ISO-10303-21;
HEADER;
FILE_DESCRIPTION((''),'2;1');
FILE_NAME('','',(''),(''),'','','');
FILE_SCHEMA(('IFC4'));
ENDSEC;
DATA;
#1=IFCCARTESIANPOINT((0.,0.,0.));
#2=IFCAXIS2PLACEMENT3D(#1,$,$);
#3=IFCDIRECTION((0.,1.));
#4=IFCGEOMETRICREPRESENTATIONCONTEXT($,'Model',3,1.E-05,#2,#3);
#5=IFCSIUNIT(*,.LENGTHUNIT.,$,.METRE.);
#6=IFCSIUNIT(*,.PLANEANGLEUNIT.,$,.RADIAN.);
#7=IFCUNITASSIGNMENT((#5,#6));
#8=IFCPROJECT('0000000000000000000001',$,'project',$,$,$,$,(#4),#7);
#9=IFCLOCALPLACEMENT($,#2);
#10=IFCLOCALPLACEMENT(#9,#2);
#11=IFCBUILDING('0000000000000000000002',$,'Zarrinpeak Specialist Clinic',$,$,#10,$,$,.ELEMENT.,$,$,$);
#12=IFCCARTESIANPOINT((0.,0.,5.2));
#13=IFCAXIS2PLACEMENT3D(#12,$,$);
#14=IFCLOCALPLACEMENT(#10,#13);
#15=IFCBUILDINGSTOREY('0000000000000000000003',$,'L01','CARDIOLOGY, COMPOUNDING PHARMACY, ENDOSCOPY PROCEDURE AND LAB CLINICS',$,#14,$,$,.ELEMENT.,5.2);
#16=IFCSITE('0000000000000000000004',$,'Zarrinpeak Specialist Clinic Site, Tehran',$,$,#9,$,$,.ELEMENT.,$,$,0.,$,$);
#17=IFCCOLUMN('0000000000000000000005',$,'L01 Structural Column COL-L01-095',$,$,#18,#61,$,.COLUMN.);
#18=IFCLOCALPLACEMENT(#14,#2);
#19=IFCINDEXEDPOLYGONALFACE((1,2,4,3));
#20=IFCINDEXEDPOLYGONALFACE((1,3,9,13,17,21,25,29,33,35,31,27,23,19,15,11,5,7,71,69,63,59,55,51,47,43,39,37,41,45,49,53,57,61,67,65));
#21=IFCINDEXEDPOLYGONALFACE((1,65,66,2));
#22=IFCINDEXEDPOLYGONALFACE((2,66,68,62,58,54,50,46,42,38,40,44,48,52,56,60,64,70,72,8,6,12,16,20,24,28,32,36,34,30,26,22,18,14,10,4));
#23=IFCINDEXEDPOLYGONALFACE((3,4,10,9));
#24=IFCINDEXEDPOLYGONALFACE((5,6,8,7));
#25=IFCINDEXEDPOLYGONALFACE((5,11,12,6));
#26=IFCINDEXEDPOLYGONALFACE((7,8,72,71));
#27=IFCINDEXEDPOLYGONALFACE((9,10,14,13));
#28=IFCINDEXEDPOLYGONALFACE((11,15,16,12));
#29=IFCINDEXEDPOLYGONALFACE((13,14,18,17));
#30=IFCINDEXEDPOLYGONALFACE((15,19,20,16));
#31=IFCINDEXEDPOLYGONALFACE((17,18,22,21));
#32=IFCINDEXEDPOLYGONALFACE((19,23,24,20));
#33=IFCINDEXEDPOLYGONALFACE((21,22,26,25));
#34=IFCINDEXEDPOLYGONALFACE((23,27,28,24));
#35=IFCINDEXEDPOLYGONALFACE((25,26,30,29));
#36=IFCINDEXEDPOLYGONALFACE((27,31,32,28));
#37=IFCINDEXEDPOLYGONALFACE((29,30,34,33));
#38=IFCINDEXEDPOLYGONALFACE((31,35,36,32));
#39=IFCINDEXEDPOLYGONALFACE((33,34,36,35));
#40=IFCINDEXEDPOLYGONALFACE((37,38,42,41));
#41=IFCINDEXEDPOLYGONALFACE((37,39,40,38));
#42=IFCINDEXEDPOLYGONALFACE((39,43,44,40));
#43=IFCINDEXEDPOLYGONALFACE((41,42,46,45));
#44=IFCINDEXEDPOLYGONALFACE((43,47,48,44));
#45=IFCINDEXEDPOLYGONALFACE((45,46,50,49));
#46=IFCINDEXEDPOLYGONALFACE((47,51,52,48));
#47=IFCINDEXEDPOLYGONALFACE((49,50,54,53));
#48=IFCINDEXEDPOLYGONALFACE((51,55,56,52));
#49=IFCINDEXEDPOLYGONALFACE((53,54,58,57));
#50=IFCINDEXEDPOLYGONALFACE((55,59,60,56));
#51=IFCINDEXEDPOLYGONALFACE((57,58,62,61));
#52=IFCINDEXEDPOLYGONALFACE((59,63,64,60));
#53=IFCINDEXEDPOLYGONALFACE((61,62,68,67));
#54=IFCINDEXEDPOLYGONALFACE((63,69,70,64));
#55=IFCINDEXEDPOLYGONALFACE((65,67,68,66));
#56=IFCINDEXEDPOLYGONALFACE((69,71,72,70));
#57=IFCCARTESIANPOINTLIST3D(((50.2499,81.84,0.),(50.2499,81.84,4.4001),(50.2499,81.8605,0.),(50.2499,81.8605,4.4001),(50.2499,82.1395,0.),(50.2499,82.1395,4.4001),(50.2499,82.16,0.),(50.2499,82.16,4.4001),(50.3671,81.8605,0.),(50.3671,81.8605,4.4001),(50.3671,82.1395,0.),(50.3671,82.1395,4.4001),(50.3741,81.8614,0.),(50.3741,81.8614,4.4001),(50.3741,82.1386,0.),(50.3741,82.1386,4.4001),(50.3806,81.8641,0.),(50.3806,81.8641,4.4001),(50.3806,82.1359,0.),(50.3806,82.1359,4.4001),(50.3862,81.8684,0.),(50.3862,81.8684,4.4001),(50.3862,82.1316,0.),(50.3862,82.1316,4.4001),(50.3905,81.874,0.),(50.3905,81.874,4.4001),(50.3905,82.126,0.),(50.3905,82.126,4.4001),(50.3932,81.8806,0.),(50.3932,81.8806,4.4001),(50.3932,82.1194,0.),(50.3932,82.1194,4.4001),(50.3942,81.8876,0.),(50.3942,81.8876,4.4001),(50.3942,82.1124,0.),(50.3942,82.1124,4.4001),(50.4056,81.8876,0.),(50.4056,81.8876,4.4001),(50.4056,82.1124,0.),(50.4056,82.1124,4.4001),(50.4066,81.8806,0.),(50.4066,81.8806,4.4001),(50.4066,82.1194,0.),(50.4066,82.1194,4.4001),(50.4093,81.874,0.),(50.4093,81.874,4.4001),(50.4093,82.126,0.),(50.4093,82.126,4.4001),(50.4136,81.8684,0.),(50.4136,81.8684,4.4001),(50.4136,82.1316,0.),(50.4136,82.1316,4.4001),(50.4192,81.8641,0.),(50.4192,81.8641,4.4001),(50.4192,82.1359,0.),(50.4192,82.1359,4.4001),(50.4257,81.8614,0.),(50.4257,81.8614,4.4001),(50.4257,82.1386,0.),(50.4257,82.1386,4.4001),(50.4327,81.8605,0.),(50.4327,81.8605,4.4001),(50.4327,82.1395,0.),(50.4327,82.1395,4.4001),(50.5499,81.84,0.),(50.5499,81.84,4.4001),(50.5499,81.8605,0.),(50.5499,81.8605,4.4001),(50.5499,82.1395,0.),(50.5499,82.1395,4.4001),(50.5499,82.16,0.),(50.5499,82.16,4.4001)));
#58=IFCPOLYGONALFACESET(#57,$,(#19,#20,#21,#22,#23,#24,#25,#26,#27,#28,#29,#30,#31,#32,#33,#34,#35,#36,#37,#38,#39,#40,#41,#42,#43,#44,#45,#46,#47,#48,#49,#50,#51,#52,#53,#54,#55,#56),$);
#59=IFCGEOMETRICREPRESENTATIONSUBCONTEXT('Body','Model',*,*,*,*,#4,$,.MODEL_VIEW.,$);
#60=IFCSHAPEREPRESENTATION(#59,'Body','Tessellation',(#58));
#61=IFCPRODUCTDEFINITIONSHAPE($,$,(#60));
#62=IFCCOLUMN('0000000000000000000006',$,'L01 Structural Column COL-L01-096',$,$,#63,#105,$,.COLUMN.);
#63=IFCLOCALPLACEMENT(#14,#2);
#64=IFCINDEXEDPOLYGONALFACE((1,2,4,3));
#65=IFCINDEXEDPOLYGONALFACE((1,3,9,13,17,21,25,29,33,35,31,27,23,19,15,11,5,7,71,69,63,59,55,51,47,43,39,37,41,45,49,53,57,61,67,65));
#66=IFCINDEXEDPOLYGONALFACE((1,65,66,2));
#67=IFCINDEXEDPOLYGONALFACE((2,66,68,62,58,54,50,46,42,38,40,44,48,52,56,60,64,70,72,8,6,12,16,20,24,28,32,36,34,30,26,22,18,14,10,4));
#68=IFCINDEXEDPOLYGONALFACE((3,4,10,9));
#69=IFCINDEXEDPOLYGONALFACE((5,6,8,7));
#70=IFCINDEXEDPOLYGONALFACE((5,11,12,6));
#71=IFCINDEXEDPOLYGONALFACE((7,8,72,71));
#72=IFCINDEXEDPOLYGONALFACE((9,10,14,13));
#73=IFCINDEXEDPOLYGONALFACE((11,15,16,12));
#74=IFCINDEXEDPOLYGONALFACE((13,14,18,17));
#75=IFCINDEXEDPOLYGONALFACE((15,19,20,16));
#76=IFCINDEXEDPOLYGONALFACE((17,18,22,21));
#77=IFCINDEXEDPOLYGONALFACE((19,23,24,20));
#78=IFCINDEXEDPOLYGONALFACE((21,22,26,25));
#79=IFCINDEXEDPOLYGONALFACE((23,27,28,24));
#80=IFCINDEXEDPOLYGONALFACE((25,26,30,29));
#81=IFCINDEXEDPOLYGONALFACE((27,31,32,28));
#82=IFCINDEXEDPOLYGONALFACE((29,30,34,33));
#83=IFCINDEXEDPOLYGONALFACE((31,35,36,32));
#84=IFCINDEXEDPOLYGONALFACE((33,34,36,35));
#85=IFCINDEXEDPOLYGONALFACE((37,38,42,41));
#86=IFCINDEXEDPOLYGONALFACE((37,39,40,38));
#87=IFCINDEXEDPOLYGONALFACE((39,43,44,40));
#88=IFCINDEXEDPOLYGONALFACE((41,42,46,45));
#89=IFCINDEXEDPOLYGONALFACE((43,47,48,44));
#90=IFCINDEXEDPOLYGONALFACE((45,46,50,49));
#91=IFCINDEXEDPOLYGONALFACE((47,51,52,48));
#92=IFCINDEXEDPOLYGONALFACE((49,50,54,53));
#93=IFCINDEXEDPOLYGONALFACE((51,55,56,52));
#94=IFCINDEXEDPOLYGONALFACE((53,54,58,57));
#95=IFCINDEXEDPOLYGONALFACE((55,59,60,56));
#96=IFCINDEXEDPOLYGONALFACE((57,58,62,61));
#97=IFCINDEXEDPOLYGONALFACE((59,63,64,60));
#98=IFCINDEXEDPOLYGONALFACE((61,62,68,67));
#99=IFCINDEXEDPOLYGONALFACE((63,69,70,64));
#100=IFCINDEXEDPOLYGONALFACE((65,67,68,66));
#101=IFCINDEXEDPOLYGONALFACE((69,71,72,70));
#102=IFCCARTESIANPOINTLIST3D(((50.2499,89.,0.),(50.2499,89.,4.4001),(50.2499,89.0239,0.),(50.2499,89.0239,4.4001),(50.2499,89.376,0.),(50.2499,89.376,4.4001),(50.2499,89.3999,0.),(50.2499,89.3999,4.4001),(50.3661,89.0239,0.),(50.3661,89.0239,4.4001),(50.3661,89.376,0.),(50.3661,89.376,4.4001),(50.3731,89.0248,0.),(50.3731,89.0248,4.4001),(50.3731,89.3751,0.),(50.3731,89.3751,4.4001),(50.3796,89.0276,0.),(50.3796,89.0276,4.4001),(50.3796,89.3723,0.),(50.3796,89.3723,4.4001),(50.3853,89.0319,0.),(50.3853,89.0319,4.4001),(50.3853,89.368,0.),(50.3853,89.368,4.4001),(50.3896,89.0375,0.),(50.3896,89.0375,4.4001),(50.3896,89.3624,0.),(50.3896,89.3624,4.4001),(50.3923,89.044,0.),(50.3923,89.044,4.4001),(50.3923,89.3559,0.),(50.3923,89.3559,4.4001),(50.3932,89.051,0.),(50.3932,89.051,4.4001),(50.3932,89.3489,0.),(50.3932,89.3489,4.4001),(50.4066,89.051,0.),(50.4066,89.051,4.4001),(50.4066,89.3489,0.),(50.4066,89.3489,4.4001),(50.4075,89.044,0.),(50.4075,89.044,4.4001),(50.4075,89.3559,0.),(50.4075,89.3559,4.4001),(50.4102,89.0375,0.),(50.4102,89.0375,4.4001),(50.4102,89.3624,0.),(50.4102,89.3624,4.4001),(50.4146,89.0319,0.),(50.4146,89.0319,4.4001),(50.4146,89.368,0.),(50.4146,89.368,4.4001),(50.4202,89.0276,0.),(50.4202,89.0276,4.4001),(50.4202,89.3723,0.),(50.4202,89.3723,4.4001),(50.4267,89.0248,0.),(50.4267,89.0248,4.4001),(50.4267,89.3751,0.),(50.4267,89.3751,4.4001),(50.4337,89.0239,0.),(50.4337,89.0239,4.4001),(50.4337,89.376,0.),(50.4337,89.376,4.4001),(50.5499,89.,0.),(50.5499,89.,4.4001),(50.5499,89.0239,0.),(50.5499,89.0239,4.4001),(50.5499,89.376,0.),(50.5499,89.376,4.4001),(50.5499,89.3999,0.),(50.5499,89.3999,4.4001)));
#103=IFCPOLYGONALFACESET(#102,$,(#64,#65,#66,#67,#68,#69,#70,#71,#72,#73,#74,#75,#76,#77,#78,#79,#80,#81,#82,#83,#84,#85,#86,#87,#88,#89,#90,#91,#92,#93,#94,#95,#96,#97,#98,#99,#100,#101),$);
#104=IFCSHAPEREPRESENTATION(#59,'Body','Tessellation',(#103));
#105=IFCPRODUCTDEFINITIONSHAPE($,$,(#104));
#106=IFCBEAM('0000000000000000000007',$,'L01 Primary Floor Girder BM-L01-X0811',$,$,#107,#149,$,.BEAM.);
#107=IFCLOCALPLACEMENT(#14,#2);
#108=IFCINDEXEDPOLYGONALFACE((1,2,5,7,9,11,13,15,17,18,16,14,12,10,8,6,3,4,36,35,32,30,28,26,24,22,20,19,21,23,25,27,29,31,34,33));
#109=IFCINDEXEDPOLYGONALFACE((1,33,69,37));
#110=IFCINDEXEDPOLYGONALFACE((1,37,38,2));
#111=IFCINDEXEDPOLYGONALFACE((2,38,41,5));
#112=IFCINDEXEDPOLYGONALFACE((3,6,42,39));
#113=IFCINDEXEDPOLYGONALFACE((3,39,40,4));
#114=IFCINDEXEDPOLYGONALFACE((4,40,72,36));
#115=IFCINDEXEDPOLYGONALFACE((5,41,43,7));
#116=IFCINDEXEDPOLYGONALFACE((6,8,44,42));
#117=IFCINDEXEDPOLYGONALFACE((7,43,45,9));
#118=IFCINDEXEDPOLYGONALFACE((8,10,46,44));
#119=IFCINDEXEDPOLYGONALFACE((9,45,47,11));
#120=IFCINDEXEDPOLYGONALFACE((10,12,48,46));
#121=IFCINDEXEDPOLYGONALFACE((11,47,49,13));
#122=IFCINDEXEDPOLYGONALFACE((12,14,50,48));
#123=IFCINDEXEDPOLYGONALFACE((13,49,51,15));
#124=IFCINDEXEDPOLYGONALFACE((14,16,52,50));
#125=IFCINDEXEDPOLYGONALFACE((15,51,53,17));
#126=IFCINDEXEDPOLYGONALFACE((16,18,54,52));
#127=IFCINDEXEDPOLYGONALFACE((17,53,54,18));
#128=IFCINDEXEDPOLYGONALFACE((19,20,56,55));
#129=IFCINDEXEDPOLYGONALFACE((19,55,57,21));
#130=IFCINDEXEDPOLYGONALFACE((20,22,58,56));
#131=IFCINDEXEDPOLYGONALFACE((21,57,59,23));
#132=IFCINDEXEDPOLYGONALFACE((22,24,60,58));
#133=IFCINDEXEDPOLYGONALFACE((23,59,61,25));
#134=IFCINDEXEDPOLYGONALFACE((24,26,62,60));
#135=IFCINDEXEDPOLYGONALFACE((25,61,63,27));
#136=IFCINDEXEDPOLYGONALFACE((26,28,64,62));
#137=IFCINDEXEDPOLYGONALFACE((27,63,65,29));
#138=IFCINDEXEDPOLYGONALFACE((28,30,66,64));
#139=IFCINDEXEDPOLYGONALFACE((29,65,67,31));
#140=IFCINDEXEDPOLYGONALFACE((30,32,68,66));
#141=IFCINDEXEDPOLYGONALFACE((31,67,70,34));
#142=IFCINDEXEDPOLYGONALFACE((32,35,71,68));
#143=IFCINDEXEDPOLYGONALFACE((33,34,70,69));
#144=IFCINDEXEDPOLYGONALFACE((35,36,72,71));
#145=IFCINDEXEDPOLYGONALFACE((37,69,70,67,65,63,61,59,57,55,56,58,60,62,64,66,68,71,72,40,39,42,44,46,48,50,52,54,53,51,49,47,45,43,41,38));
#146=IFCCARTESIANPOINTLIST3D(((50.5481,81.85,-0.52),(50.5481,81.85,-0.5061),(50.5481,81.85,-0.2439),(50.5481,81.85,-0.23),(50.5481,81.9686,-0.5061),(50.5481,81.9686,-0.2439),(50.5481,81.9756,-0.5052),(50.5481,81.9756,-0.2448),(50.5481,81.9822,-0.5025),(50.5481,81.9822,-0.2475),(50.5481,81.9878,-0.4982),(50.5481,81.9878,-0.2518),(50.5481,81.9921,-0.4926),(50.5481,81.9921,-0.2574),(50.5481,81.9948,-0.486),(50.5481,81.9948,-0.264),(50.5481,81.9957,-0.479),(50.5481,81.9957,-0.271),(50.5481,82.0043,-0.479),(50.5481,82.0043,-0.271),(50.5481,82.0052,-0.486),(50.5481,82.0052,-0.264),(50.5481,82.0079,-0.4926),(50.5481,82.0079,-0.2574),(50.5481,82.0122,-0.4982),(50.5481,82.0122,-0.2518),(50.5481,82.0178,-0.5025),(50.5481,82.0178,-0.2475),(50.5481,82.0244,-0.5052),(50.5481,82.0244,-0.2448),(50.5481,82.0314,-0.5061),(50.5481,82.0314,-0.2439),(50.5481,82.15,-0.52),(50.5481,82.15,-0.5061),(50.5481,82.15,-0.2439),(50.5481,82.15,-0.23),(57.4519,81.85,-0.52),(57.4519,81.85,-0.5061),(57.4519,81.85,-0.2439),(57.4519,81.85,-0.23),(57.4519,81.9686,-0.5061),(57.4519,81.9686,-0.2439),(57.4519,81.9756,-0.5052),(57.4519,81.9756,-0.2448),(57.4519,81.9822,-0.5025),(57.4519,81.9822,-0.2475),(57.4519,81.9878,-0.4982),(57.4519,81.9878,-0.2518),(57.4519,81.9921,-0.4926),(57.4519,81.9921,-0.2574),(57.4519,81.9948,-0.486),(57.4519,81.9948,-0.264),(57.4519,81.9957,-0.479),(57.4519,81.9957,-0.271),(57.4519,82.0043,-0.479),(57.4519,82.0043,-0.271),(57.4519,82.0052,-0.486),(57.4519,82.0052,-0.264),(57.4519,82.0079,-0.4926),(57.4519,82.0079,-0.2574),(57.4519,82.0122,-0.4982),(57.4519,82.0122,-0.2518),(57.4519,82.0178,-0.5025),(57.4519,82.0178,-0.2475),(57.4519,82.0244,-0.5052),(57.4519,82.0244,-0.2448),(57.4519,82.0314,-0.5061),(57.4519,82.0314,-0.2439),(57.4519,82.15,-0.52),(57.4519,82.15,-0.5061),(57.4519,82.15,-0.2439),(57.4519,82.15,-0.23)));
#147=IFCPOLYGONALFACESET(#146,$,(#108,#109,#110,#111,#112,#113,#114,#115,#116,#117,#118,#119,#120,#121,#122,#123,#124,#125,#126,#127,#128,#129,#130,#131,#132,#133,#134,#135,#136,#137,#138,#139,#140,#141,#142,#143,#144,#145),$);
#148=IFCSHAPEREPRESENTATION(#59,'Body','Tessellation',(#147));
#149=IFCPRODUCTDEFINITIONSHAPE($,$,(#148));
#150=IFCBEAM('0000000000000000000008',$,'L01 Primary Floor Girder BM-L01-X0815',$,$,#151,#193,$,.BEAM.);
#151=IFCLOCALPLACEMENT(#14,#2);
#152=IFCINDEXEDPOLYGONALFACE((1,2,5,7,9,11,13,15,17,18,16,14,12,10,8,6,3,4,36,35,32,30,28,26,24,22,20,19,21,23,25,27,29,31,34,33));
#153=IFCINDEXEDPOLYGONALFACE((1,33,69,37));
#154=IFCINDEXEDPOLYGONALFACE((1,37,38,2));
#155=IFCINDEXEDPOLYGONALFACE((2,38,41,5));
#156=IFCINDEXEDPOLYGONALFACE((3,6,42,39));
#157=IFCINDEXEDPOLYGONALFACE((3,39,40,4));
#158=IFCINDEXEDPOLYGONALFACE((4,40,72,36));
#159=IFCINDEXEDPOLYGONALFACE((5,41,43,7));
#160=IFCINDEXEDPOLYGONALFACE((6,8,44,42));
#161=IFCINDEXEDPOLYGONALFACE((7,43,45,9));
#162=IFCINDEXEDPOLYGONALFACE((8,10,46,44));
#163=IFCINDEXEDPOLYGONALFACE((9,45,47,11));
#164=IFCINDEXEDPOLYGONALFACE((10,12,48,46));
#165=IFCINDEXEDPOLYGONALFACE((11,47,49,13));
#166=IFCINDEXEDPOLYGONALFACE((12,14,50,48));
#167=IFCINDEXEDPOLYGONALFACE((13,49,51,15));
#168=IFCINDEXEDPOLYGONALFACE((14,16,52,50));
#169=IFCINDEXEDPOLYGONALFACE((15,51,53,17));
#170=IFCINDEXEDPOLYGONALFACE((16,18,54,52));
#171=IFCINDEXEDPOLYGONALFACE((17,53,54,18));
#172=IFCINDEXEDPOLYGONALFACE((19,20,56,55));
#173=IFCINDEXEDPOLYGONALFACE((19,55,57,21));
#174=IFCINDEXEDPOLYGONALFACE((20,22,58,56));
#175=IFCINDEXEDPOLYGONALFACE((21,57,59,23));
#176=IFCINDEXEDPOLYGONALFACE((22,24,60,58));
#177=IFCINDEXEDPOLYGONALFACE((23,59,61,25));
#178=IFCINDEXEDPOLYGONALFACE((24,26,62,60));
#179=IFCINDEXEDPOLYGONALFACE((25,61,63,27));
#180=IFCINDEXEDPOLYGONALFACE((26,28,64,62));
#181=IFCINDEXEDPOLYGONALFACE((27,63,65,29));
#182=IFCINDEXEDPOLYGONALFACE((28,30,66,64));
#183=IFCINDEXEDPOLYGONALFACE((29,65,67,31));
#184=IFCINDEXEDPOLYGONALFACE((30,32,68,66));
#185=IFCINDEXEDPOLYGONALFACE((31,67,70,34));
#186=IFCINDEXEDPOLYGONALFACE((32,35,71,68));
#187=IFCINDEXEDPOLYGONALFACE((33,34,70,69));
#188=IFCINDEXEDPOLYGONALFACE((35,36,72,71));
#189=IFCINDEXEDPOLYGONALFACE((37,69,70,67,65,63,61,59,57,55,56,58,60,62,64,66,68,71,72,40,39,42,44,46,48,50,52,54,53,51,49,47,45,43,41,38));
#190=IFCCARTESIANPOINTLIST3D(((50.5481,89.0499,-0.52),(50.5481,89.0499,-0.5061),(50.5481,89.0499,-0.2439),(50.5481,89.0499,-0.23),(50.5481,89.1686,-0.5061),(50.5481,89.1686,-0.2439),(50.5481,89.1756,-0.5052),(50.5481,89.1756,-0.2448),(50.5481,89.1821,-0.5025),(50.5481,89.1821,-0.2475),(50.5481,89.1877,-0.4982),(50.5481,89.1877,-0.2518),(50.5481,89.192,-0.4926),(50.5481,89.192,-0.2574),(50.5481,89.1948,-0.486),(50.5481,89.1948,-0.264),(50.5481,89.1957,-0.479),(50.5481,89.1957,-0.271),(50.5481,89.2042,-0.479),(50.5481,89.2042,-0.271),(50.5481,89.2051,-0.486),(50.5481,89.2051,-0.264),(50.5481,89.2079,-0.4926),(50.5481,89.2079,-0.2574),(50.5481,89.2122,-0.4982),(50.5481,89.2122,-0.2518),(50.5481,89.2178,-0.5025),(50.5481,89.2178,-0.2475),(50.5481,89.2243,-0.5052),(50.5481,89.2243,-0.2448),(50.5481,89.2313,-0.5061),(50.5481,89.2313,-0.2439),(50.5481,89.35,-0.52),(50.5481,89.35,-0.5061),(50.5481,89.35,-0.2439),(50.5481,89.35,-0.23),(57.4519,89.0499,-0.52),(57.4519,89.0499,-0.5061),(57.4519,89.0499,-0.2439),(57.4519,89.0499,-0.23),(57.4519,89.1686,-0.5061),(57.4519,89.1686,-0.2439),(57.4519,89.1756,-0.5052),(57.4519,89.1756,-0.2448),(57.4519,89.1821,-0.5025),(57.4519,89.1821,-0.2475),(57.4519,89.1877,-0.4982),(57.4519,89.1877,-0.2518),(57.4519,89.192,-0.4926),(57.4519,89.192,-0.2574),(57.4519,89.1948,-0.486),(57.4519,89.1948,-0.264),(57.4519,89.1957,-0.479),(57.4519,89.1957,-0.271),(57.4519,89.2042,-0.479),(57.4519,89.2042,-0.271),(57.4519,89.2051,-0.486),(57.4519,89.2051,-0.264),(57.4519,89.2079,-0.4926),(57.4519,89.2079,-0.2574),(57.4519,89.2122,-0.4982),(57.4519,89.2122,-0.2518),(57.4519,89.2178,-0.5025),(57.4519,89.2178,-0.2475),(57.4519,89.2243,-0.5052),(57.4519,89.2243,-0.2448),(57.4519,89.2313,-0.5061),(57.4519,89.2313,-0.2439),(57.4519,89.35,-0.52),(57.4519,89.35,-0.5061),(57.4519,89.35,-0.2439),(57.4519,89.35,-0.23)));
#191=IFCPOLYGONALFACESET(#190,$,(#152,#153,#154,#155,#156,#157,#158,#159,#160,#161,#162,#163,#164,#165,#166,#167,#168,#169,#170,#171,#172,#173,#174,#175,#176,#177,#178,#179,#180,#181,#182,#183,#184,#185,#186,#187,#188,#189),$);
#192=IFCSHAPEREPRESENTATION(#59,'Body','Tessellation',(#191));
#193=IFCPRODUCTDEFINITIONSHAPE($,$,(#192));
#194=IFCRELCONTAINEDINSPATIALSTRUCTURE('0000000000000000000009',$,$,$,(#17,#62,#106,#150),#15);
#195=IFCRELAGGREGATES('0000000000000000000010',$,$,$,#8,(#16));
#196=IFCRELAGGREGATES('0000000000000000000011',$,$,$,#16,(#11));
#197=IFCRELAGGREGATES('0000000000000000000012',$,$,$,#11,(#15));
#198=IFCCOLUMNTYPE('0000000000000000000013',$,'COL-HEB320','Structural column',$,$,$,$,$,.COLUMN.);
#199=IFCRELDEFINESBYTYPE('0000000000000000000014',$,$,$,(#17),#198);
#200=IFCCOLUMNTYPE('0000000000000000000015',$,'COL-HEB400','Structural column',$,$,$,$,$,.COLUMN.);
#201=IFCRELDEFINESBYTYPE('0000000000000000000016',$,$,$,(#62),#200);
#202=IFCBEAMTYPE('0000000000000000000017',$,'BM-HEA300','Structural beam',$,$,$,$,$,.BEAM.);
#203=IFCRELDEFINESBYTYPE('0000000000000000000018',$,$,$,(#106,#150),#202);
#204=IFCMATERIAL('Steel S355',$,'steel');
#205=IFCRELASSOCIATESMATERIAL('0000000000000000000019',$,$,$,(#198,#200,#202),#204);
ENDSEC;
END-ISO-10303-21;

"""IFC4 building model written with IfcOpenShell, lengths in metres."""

from ifc_helpers import new_model, si_unit, direction, frame, origin, origin_2d, place, context, subcontext, project, spatial, i_section, extrude, material, material_profile, profile_set, type_object, element, save


model = new_model("IFC4")

# Units and contexts
model_context = context("Model", 3, precision=1e-05, world=origin(), true_north=direction((0.0, 1.0)))
body_context = subcontext(model_context, "Body", "Model", "MODEL_VIEW")
ifc_project = project(units=[si_unit("LENGTHUNIT", "METRE"), si_unit("PLANEANGLEUNIT", "RADIAN")], contexts=[model_context])

# Site, building, storey
site_placement = place(None, origin())
site = spatial("IfcSite", under=ifc_project, at=site_placement, Name="Zarrinpeak Specialist Clinic Site, Tehran", CompositionType="ELEMENT", RefElevation=0.0)
building_placement = place(site_placement, origin())
building = spatial("IfcBuilding", under=site, at=building_placement, Name="Zarrinpeak Specialist Clinic", CompositionType="ELEMENT")
storey_placement = place(building_placement, frame((0.0, 0.0, 5.2)))
storey = spatial("IfcBuildingStorey", under=building, at=storey_placement, Name="L01", Description="CARDIOLOGY, COMPOUNDING PHARMACY, ENDOSCOPY PROCEDURE AND LAB CLINICS", CompositionType="ELEMENT", Elevation=5.2)

# Columns
ifc_material_1 = material(Name="Steel S355", Category="steel")
ifc_material_profile_1 = material_profile(ifc_material_1, i_section(OverallWidth=0.3, OverallDepth=0.3201, WebThickness=0.0115, FlangeThickness=0.0205, FilletRadius=0.0271, at=origin_2d()), Name="HEB 320")
ifc_profile_set_1 = profile_set([ifc_material_profile_1], Name="Steel S355")
column_type_1 = type_object("IfcColumnType", Name="COL-HEB320", Description="Structural column", PredefinedType="COLUMN", material=ifc_profile_set_1)
column_1_placement = place(storey_placement, frame((50.3999, 82.0, 0.0), z_axis=(0.0, 0.0, 1.0), x_axis=(1.0, 0.0, 0.0)))
element("IfcColumn", 1, at=column_1_placement, inside=storey, type_object=column_type_1, Name="L01 Structural Column COL-L01-095", PredefinedType="COLUMN", context=body_context, shape_type="SweptSolid", body=[
    extrude(i_section(OverallWidth=0.3, OverallDepth=0.3201, WebThickness=0.0115, FlangeThickness=0.0205, FilletRadius=0.0271, at=origin_2d()), origin(), (0.0, 0.0, 1.0), 4.4001),
])
ifc_material_profile_2 = material_profile(ifc_material_1, i_section(OverallWidth=0.3, OverallDepth=0.3999, WebThickness=0.0134, FlangeThickness=0.0239, FilletRadius=0.0271, at=origin_2d()), Name="HEB 400")
ifc_profile_set_2 = profile_set([ifc_material_profile_2], Name="Steel S355")
column_type_2 = type_object("IfcColumnType", Name="COL-HEB400", Description="Structural column", PredefinedType="COLUMN", material=ifc_profile_set_2)
column_2_placement = place(storey_placement, frame((50.3999, 89.2, 0.0), z_axis=(0.0, 0.0, 1.0), x_axis=(1.0, 0.0, 0.0)))
element("IfcColumn", 2, at=column_2_placement, inside=storey, type_object=column_type_2, Name="L01 Structural Column COL-L01-096", PredefinedType="COLUMN", context=body_context, shape_type="SweptSolid", body=[
    extrude(i_section(OverallWidth=0.3, OverallDepth=0.3999, WebThickness=0.0134, FlangeThickness=0.0239, FilletRadius=0.0271, at=origin_2d()), origin(), (0.0, 0.0, 1.0), 4.4001),
])

# Beams
ifc_material_profile_3 = material_profile(ifc_material_1, i_section(OverallWidth=0.3, OverallDepth=0.29, WebThickness=0.0085, FlangeThickness=0.0139, FilletRadius=0.0271, at=origin_2d()), Name="HEA 300")
ifc_profile_set_3 = profile_set([ifc_material_profile_3], Name="Steel S355")
beam_type_1 = type_object("IfcBeamType", Name="BM-HEA300", Description="Structural beam", PredefinedType="BEAM", material=ifc_profile_set_3)
for number, where, z_axis, x_axis, name in (
    (3, (50.5481, 82.0, -0.375), (1.0, 0.0, 0.0), (0.0, 1.0, 0.0), "L01 Primary Floor Girder BM-L01-X0811"),
    (4, (50.5481, 89.2, -0.375), (1.0, 0.0, 0.0), (0.0, 1.0, 0.0), "L01 Primary Floor Girder BM-L01-X0815"),
):
    element("IfcBeam", number, at=place(storey_placement, frame(where, z_axis=z_axis, x_axis=x_axis)), inside=storey, type_object=beam_type_1, Name=name, PredefinedType="BEAM", context=body_context, shape_type="SweptSolid", body=[
        extrude(i_section(OverallWidth=0.3, OverallDepth=0.29, WebThickness=0.0085, FlangeThickness=0.0139, FilletRadius=0.0271, at=origin_2d()), origin(), (0.0, 0.0, 1.0), 6.9038),
    ])

save(model, "model.ifc")
